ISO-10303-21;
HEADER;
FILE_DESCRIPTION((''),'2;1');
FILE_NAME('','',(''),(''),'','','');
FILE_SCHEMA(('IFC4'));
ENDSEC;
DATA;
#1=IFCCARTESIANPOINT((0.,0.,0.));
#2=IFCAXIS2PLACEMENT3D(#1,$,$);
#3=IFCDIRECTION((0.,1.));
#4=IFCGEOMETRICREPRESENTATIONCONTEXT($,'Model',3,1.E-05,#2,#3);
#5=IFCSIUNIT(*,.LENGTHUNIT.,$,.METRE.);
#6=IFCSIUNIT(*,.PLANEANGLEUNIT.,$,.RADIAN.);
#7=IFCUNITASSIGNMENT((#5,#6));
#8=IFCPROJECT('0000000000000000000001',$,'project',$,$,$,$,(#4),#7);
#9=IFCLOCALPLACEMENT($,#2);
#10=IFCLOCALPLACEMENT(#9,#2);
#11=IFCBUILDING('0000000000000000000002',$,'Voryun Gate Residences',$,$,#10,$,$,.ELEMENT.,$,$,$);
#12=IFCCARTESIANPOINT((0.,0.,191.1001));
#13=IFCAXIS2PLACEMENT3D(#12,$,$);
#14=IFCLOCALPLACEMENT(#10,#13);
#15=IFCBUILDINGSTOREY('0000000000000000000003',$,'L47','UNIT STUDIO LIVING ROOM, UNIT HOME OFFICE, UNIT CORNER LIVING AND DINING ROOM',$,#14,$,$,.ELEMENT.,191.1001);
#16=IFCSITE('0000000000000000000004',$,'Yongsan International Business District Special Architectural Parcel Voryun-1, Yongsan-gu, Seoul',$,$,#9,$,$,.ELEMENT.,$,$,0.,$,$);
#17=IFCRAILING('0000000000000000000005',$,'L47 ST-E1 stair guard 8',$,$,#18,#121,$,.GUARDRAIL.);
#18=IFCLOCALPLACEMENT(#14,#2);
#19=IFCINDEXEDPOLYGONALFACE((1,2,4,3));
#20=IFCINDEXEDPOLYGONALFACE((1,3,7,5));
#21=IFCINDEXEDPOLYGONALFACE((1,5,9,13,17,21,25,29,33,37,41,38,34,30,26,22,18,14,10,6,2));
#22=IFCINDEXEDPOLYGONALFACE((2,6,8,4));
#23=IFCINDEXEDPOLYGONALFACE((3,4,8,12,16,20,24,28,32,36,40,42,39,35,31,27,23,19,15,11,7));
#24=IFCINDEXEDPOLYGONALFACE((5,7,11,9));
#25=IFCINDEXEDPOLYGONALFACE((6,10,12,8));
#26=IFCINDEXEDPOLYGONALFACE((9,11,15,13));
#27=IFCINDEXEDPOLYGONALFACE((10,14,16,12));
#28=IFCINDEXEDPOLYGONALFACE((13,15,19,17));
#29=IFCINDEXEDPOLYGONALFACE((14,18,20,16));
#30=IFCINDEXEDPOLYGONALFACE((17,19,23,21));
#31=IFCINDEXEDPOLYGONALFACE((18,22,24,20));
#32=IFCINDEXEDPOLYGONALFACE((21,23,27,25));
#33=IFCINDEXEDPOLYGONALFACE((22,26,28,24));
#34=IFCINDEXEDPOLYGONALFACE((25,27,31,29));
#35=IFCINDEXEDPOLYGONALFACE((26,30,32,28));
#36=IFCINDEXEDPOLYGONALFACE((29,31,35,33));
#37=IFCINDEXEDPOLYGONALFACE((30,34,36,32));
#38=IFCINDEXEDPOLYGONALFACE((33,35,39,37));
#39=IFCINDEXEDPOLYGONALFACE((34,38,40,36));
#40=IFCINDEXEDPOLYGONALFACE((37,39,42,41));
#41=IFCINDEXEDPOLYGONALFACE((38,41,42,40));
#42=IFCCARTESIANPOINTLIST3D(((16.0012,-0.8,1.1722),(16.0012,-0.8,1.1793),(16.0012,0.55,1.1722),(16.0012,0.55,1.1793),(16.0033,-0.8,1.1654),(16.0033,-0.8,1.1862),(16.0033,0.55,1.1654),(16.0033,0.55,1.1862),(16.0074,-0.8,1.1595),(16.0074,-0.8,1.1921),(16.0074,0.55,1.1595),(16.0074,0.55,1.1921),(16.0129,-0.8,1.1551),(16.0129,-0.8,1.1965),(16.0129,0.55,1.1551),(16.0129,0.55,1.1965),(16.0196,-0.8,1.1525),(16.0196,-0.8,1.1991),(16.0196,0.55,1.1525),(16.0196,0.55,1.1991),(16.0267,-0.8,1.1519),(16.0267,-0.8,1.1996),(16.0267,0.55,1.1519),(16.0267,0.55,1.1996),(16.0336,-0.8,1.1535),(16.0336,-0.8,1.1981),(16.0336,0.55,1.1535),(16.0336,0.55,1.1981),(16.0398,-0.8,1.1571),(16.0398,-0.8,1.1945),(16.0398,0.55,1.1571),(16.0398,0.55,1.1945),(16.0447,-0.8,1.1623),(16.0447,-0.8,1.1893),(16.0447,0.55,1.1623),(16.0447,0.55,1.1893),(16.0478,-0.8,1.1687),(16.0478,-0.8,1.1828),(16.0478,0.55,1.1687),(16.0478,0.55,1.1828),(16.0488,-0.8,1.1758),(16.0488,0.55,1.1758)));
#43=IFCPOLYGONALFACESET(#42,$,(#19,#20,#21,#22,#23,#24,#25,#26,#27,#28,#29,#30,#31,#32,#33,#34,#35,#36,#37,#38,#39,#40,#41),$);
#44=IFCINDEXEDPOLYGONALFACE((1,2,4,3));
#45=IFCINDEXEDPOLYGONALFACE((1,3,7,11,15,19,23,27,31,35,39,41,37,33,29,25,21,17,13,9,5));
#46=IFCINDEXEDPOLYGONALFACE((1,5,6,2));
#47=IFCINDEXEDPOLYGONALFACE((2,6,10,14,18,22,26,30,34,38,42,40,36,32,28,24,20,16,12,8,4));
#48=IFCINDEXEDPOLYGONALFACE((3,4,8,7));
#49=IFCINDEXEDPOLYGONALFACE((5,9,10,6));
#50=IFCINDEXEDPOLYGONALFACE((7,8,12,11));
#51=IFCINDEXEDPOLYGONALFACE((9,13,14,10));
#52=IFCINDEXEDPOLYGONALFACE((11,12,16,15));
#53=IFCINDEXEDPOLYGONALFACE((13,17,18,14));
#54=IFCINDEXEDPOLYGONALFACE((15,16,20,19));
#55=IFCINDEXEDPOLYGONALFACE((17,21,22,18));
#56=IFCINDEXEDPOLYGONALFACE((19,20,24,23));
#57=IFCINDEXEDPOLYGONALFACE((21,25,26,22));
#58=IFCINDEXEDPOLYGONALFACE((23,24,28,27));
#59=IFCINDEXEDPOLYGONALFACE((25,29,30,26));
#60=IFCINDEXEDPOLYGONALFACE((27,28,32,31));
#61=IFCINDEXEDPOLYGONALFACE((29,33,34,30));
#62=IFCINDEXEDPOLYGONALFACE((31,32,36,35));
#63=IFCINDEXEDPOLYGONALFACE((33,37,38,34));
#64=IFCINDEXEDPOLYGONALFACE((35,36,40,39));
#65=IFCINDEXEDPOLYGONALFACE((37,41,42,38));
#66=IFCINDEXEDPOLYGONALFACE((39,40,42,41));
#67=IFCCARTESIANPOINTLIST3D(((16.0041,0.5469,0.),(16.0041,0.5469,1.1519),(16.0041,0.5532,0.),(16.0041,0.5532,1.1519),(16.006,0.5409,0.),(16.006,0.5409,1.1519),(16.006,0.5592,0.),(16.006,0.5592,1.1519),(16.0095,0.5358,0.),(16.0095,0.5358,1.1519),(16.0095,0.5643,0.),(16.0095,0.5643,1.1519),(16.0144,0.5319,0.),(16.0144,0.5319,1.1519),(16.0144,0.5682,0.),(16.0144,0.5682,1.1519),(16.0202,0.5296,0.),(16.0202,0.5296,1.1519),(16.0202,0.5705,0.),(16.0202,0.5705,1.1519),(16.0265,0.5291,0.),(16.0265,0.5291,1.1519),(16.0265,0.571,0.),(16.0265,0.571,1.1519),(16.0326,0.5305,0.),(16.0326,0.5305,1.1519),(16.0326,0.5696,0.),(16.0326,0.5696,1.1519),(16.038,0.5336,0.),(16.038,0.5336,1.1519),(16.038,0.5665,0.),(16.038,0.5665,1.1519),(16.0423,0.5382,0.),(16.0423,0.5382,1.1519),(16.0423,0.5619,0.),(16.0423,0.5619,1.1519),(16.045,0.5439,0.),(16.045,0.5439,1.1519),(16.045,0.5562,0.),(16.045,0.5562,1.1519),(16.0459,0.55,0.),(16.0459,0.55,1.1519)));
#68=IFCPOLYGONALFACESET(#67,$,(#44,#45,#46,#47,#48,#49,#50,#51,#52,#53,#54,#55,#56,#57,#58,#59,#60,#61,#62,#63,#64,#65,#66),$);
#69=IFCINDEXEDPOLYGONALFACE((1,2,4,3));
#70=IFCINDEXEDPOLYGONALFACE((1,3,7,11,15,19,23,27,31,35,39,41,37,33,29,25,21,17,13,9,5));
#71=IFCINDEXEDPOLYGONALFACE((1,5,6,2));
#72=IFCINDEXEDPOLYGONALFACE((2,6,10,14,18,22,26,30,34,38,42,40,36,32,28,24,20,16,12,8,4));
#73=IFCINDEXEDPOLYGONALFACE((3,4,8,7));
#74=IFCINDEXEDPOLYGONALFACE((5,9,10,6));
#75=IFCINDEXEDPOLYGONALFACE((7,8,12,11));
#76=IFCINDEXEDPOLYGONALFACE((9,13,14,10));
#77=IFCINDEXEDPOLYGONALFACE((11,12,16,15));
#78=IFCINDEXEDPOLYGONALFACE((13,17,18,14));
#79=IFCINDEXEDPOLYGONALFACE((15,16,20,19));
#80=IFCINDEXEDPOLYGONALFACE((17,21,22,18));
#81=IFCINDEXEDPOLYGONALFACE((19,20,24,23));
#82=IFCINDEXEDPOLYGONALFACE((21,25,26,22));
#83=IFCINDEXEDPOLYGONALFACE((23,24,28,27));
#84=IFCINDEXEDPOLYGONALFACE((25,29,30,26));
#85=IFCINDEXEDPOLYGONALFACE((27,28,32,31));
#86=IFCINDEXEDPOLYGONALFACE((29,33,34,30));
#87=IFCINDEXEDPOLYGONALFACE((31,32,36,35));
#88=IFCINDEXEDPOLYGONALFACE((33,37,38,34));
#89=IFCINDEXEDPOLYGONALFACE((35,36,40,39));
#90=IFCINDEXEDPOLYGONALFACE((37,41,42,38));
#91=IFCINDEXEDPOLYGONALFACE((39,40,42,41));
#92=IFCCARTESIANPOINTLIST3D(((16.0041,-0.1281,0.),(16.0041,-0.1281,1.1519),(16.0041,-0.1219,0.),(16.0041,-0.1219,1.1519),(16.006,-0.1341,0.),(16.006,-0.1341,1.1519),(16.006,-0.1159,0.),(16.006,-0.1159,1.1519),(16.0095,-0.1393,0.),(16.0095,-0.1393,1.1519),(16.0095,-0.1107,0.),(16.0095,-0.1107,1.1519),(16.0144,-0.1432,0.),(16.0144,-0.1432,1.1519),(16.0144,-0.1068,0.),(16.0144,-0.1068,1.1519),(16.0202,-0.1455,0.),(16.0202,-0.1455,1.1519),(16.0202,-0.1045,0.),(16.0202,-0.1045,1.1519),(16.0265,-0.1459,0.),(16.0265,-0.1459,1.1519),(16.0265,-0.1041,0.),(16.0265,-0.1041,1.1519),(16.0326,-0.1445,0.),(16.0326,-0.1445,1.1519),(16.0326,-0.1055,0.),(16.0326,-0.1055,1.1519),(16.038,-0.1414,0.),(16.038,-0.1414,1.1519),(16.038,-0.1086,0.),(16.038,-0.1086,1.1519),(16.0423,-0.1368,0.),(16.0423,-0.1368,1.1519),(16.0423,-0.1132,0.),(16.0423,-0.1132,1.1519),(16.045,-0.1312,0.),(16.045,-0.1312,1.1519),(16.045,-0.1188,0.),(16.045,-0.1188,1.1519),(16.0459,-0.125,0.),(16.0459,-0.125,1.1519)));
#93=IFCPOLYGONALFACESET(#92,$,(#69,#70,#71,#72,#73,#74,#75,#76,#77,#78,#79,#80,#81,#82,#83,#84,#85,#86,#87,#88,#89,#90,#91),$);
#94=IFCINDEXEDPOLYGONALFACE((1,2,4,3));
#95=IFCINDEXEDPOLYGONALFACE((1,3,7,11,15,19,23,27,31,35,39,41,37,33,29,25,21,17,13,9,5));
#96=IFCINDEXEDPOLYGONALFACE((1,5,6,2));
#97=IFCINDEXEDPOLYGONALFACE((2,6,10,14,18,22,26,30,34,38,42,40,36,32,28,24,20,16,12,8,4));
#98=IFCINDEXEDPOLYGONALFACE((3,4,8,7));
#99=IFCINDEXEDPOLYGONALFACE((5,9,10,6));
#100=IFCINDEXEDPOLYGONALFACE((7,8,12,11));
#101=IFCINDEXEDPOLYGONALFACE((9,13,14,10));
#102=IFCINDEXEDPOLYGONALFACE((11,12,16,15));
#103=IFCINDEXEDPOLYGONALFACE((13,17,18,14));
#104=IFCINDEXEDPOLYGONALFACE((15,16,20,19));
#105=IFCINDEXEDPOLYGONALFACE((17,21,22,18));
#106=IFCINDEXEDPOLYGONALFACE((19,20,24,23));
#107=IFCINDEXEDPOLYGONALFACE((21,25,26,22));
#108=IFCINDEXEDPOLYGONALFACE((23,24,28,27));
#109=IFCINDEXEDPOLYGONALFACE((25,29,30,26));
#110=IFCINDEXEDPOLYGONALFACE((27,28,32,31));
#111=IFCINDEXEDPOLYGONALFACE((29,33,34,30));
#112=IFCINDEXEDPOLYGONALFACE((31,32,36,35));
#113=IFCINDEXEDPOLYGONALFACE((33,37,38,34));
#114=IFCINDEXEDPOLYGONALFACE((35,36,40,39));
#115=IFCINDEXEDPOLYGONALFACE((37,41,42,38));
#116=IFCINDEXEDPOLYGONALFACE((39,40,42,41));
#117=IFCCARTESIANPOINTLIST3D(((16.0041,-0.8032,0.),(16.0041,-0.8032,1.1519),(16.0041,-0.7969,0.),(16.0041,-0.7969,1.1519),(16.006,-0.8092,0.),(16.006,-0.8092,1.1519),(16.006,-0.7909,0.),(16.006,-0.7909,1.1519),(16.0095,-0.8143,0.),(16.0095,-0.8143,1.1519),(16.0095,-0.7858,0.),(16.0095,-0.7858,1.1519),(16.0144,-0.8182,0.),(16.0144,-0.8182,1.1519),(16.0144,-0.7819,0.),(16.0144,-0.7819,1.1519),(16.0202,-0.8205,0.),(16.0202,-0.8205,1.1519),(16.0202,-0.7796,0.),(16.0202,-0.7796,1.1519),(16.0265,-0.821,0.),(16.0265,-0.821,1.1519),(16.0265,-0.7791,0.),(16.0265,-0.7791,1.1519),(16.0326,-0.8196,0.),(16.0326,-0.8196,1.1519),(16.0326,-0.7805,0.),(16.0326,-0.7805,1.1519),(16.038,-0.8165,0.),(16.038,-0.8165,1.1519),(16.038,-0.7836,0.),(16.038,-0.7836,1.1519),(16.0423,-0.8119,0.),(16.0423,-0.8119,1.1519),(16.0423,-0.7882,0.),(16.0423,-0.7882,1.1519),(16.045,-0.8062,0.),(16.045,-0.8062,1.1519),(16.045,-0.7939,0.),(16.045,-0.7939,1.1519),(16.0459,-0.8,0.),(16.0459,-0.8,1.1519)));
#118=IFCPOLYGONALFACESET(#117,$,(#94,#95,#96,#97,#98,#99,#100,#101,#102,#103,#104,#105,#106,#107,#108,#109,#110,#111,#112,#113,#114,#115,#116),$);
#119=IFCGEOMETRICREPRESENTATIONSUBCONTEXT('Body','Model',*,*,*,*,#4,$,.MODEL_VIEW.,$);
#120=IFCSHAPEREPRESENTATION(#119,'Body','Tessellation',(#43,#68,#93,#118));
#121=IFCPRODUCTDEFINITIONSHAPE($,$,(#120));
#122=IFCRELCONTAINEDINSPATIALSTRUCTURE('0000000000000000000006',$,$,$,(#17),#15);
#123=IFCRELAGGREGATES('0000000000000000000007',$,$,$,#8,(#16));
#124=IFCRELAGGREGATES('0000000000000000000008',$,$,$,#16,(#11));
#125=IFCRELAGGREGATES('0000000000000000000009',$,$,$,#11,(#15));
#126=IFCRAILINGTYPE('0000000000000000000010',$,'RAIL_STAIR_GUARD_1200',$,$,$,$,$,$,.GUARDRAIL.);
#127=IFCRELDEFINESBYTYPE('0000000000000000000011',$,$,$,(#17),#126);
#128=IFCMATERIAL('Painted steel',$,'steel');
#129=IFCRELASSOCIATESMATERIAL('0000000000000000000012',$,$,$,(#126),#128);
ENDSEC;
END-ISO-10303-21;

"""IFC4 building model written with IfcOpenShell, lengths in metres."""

from ifc_helpers import new_model, si_unit, direction, frame, origin, origin_2d, place, context, subcontext, project, spatial, circle, extrude, material, type_object, element, save


model = new_model("IFC4")

# Units and contexts
model_context = context("Model", 3, precision=1e-05, world=origin(), true_north=direction((0.0, 1.0)))
body_context = subcontext(model_context, "Body", "Model", "MODEL_VIEW")
ifc_project = project(units=[si_unit("LENGTHUNIT", "METRE"), si_unit("PLANEANGLEUNIT", "RADIAN")], contexts=[model_context])

# Site, building, storey
site_placement = place(None, origin())
site = spatial("IfcSite", under=ifc_project, at=site_placement, Name="Yongsan International Business District Special Architectural Parcel Voryun-1, Yongsan-gu, Seoul", CompositionType="ELEMENT", RefElevation=0.0)
building_placement = place(site_placement, origin())
building = spatial("IfcBuilding", under=site, at=building_placement, Name="Voryun Gate Residences", CompositionType="ELEMENT")
storey_placement = place(building_placement, frame((0.0, 0.0, 191.1001)))
storey = spatial("IfcBuildingStorey", under=building, at=storey_placement, Name="L47", Description="UNIT STUDIO LIVING ROOM, UNIT HOME OFFICE, UNIT CORNER LIVING AND DINING ROOM", CompositionType="ELEMENT", Elevation=191.1001)

# Railing
ifc_material_1 = material(Name="Painted steel", Category="steel")
railing_type_1 = type_object("IfcRailingType", Name="RAIL_STAIR_GUARD_1200", PredefinedType="GUARDRAIL", material=ifc_material_1)
railing_1_placement = place(storey_placement, frame((16.0249, 0.55, 0.0)))
element("IfcRailing", 1, at=railing_1_placement, inside=storey, type_object=railing_type_1, Name="L47 ST-E1 stair guard 8", PredefinedType="GUARDRAIL", context=body_context, shape_type="SweptSolid", body=[
    extrude(circle(Radius=0.0239, at=origin_2d()), frame((0.0, 0.0, 1.1758), z_axis=(0.0, -1.0, 0.0), x_axis=(1.0, 0.0, 0.0)), (0.0, 0.0, 1.0), 1.3501),
    extrude(circle(Radius=0.021, at=origin_2d()), origin(), (0.0, 0.0, 1.0), 1.1519),
    extrude(circle(Radius=0.021, at=origin_2d()), frame((0.0, -0.675, 0.0)), (0.0, 0.0, 1.0), 1.1519),
    extrude(circle(Radius=0.021, at=origin_2d()), frame((0.0, -1.3501, 0.0)), (0.0, 0.0, 1.0), 1.1519),
])

save(model, "model.ifc")
